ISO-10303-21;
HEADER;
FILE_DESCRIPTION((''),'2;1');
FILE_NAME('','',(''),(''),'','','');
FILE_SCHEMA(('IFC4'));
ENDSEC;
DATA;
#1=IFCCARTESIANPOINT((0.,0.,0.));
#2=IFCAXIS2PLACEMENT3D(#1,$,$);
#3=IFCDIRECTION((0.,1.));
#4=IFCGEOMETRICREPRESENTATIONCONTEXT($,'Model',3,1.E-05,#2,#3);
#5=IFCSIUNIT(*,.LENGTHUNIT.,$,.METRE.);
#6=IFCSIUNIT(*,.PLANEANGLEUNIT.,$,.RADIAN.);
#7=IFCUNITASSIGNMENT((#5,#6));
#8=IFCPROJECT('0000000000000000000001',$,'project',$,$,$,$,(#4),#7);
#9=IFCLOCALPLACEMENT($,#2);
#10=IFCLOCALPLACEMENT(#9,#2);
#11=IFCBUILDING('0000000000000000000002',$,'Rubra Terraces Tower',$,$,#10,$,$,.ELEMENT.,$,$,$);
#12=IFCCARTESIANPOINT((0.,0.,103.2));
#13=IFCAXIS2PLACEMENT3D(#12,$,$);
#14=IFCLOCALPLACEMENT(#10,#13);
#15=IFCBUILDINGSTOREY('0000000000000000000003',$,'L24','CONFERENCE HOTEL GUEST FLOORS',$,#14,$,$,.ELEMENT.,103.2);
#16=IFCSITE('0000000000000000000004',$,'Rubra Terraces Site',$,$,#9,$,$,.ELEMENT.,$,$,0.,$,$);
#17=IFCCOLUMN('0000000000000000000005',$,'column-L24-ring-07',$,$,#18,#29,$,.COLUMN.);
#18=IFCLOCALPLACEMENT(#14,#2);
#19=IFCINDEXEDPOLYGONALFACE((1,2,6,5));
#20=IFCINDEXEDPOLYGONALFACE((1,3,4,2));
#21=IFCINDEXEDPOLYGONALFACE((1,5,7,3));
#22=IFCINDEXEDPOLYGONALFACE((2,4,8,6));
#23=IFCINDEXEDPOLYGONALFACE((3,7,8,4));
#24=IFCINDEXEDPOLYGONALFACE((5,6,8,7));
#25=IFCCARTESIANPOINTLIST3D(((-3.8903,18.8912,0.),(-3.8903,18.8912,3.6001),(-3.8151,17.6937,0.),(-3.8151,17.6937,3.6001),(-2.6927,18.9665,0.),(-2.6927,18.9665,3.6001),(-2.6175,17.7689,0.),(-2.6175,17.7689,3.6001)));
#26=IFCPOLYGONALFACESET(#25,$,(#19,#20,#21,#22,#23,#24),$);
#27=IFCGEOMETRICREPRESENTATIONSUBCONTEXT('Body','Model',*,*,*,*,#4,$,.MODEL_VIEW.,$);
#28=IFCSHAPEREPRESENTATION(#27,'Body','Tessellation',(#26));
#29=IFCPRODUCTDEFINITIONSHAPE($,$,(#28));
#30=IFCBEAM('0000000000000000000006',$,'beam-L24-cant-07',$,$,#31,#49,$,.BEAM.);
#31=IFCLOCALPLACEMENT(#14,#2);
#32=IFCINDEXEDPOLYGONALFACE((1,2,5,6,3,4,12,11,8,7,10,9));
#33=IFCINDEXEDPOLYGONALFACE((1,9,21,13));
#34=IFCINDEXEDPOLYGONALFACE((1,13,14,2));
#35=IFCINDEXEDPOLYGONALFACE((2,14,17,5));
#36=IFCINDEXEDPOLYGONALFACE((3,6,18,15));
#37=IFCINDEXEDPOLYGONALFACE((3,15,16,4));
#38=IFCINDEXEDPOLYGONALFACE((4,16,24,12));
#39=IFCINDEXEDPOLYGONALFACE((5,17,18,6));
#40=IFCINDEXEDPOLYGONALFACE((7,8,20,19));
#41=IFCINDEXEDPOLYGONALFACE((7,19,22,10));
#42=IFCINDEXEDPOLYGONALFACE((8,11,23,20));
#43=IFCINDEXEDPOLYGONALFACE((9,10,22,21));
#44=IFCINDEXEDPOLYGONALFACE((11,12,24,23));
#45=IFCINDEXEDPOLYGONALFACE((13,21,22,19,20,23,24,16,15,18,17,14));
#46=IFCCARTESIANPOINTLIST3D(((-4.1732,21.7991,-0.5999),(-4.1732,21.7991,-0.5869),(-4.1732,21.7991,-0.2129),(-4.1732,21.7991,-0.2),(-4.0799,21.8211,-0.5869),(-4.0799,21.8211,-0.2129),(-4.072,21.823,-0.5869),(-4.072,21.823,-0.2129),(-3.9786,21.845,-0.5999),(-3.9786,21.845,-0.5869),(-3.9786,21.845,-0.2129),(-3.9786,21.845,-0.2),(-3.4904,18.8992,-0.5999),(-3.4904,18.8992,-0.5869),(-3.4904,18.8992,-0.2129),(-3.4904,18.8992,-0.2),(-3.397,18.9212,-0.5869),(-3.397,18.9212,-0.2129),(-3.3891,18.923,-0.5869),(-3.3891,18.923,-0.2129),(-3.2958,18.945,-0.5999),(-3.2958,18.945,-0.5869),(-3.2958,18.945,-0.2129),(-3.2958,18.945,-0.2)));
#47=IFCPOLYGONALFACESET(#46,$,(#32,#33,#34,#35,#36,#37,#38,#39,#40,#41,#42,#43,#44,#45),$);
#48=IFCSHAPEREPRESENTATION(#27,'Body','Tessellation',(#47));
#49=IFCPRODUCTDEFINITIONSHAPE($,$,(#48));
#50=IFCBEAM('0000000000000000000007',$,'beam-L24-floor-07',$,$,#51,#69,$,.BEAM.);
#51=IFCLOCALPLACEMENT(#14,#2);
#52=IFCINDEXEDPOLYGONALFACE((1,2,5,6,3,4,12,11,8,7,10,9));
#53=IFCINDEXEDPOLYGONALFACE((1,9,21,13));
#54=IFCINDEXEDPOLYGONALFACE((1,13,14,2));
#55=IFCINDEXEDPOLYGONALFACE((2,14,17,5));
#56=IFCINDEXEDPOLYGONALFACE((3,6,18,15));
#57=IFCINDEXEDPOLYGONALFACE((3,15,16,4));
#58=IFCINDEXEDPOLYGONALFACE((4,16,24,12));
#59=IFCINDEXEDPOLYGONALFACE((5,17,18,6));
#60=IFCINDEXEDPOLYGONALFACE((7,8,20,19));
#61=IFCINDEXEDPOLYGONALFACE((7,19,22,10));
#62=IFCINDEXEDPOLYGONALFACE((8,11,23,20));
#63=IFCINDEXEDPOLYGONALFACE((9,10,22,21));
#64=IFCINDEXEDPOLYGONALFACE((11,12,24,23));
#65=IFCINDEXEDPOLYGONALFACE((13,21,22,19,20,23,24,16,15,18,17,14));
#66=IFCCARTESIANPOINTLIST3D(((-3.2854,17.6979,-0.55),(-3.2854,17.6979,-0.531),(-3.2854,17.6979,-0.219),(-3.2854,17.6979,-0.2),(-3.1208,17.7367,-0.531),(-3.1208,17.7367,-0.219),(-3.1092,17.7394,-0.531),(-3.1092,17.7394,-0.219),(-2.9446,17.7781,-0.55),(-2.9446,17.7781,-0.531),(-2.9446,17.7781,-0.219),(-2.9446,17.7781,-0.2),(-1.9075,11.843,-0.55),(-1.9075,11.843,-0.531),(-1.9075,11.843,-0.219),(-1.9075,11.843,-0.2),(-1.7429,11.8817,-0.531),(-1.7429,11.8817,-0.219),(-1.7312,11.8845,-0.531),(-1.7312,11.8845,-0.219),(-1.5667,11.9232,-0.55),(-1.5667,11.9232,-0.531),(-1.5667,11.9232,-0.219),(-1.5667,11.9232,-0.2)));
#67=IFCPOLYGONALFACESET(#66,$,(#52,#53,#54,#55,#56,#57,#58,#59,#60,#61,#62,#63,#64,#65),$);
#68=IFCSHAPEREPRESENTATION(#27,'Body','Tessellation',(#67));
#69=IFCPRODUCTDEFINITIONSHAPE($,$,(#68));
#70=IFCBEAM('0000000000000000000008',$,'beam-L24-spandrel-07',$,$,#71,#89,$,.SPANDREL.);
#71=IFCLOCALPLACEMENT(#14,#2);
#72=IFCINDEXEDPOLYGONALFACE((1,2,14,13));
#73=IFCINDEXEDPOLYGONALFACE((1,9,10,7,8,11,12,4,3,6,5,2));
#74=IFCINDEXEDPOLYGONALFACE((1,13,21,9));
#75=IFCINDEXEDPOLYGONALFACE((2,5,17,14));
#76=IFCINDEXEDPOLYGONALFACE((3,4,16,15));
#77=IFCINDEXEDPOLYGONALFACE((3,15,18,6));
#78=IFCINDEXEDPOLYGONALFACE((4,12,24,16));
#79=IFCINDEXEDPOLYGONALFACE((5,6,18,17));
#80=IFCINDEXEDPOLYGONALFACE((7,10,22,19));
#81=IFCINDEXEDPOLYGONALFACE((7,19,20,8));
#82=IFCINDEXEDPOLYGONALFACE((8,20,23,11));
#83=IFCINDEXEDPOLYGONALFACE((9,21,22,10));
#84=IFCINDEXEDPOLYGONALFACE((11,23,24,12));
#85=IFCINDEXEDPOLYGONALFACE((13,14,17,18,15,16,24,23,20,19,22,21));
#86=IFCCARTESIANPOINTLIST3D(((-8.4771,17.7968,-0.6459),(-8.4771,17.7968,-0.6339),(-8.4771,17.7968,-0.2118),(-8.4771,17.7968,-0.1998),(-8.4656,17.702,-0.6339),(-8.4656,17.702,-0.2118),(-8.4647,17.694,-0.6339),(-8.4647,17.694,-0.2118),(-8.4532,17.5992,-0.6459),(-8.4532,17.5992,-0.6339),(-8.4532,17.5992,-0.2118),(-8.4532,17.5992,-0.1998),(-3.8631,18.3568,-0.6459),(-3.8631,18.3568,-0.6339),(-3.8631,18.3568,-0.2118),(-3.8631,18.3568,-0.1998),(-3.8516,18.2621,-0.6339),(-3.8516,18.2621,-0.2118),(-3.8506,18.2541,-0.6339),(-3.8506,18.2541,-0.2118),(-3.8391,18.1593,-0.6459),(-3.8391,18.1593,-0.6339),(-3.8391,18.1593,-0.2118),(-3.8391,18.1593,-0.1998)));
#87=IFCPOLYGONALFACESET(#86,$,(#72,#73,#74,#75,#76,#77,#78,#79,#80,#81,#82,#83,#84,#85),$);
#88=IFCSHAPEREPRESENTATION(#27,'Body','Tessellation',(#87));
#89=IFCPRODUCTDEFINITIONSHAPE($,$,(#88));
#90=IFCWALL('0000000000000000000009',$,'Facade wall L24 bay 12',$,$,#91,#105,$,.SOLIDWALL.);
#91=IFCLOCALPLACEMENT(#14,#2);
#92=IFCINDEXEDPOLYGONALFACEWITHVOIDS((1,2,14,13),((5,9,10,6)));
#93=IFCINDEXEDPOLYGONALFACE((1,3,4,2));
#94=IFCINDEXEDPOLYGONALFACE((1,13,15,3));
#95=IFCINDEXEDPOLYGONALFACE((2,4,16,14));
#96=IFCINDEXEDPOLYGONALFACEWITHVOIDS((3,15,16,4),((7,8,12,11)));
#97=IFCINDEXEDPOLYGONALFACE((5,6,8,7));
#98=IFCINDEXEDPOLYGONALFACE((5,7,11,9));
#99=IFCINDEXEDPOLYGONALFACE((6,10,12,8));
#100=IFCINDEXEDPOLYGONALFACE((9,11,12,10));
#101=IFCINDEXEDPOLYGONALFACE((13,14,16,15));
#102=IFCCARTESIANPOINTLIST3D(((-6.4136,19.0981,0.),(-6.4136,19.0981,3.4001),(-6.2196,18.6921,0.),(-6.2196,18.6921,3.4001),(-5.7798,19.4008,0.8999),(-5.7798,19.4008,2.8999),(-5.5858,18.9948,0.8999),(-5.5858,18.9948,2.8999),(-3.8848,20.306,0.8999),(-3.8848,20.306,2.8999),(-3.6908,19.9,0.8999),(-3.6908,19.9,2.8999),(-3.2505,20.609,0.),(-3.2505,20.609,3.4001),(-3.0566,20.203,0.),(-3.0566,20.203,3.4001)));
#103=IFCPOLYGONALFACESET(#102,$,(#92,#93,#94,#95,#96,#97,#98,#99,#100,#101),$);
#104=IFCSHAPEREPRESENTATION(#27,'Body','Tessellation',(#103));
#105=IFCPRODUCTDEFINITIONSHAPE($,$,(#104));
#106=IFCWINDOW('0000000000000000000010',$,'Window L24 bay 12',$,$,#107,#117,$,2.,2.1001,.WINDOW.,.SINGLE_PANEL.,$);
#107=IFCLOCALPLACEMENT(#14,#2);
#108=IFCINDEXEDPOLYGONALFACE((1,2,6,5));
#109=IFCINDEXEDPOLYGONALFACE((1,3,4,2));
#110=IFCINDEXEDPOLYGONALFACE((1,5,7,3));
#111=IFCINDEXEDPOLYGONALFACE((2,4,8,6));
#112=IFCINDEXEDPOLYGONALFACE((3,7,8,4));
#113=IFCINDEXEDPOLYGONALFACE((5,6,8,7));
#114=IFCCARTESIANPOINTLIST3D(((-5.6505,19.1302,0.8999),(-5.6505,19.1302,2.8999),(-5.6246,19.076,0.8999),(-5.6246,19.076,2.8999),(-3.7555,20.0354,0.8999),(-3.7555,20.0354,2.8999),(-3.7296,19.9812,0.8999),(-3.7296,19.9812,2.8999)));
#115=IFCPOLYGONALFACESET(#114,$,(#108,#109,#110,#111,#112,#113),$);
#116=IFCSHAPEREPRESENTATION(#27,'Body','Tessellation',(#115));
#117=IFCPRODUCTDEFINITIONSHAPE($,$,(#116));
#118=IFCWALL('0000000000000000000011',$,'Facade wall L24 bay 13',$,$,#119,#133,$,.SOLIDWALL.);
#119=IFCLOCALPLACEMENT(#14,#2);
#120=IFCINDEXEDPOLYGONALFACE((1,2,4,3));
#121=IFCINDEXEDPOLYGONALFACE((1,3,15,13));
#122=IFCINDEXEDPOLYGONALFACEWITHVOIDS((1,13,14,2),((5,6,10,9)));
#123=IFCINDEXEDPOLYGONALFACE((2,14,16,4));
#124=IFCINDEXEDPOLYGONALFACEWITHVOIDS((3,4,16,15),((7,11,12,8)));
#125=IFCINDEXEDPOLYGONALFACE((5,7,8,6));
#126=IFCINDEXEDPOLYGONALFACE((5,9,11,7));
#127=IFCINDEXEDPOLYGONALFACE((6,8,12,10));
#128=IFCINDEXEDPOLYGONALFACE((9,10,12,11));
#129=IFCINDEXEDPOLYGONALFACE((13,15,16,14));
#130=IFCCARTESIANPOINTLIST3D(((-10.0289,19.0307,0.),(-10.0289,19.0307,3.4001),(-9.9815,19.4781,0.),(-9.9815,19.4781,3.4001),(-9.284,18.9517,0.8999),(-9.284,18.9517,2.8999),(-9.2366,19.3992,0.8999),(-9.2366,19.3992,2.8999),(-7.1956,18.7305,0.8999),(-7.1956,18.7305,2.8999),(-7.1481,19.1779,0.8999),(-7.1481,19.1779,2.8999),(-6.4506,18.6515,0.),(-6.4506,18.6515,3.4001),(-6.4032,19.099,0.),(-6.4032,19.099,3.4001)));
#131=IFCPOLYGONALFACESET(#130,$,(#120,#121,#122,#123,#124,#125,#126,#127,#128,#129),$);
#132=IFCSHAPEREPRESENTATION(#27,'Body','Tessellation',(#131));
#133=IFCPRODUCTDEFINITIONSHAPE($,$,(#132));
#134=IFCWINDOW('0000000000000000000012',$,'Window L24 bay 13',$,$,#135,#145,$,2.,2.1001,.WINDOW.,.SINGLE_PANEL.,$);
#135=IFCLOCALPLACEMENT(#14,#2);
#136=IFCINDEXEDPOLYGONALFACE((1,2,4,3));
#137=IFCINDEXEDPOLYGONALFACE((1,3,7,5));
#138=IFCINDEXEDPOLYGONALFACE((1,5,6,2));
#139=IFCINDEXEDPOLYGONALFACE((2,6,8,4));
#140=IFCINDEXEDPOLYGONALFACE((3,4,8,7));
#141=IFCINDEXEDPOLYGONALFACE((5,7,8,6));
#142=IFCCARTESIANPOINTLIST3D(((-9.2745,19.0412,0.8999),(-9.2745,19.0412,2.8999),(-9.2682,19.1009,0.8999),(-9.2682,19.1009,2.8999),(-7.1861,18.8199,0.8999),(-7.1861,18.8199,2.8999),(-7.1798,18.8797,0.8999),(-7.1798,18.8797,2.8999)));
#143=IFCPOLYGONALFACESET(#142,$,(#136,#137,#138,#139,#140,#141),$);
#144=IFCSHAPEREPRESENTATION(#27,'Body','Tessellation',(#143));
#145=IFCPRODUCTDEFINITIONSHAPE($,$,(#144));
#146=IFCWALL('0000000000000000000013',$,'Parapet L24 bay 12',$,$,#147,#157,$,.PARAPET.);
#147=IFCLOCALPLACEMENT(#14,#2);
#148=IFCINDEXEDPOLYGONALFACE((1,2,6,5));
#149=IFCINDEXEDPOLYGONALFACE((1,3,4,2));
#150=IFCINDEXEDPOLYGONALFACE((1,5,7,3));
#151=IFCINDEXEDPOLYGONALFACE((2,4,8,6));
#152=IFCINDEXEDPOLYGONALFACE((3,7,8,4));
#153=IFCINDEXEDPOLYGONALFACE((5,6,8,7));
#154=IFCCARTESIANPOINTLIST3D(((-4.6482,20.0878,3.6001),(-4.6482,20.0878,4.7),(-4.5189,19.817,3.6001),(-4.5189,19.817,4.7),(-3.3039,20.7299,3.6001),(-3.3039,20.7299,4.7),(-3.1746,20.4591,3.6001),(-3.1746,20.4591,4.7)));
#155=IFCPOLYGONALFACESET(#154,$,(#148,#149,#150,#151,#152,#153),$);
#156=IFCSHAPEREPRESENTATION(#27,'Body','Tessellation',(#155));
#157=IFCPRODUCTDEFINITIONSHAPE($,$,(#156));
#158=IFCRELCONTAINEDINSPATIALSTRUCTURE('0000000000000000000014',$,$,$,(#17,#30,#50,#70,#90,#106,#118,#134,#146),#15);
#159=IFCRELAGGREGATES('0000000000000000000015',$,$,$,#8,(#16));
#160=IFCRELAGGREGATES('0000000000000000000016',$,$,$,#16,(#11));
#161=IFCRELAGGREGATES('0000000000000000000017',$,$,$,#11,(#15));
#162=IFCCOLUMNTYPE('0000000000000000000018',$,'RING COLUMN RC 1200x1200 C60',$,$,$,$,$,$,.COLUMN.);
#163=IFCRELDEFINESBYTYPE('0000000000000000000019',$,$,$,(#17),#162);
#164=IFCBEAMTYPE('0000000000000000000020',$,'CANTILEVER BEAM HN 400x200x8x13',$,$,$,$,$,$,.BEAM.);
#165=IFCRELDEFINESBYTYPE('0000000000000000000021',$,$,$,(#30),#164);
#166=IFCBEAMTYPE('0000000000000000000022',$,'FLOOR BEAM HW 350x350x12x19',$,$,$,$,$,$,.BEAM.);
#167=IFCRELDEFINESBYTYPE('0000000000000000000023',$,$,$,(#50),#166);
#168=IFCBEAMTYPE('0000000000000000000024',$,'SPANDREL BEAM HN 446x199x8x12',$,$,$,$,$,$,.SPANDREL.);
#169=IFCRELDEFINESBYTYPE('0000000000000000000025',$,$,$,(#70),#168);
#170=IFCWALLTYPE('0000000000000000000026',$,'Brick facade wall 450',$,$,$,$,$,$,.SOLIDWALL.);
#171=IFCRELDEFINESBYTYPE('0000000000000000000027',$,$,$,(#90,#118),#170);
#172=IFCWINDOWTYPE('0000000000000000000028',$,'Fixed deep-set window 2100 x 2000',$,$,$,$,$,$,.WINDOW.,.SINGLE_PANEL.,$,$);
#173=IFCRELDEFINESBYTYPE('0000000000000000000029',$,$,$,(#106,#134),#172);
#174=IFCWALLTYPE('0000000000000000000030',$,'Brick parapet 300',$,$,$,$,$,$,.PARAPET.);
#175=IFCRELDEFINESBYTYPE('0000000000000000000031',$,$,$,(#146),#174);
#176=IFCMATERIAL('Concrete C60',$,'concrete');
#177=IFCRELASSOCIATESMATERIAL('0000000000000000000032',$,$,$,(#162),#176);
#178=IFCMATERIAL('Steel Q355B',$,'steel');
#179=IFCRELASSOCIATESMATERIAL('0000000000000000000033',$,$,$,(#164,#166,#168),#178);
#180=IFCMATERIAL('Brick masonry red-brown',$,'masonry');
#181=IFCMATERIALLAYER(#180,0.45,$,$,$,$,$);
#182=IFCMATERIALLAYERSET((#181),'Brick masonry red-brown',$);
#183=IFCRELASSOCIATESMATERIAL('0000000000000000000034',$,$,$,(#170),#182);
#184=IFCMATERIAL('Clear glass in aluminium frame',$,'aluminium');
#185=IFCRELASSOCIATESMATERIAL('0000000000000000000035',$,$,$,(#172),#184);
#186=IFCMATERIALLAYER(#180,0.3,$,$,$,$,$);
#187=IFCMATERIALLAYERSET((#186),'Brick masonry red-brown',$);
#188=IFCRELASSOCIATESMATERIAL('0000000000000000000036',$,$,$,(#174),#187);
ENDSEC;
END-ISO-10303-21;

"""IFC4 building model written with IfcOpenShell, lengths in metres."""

from ifc_helpers import new_model, si_unit, direction, frame, frame_2d, origin, origin_2d, place, context, subcontext, project, spatial, rectangle, i_section, extrude, material, layer, layer_set, material_profile, profile_set, type_object, element, fill, save


model = new_model("IFC4")

# Units and contexts
model_context = context("Model", 3, precision=1e-05, world=origin(), true_north=direction((0.0, 1.0)))
body_context = subcontext(model_context, "Body", "Model", "MODEL_VIEW")
ifc_project = project(units=[si_unit("LENGTHUNIT", "METRE"), si_unit("PLANEANGLEUNIT", "RADIAN")], contexts=[model_context])

# Site, building, storey
site_placement = place(None, origin())
site = spatial("IfcSite", under=ifc_project, at=site_placement, Name="Rubra Terraces Site", CompositionType="ELEMENT", RefElevation=0.0)
building_placement = place(site_placement, origin())
building = spatial("IfcBuilding", under=site, at=building_placement, Name="Rubra Terraces Tower", CompositionType="ELEMENT")
storey_placement = place(building_placement, frame((0.0, 0.0, 103.2)))
storey = spatial("IfcBuildingStorey", under=building, at=storey_placement, Name="L24", Description="CONFERENCE HOTEL GUEST FLOORS", CompositionType="ELEMENT", Elevation=103.2)

# Column
ifc_material_1 = material(Name="Concrete C60", Category="concrete")
ifc_material_profile_1 = material_profile(ifc_material_1, rectangle(XDim=1.2, YDim=1.2, at=origin_2d()), Name="RC 1200x1200")
ifc_profile_set_1 = profile_set([ifc_material_profile_1], Name="Concrete C60")
column_type = type_object("IfcColumnType", Name="RING COLUMN RC 1200x1200 C60", PredefinedType="COLUMN", material=ifc_profile_set_1)
column_placement = place(storey_placement, frame((-3.2539, 18.3301, 0.0), z_axis=(0.0, 0.0, 1.0), x_axis=(-0.998032, -0.062714, 0.0)))
element("IfcColumn", 1, at=column_placement, inside=storey, type_object=column_type, Name="column-L24-ring-07", PredefinedType="COLUMN", context=body_context, shape_type="SweptSolid", body=[
    extrude(rectangle(XDim=1.2, YDim=1.2, at=origin_2d()), origin(), (0.0, 0.0, 1.0), 3.6001),
])

# Beams
ifc_material_2 = material(Name="Steel Q355B", Category="steel")
ifc_material_profile_2 = material_profile(ifc_material_2, i_section(OverallWidth=0.2, OverallDepth=0.3999, WebThickness=0.0081, FlangeThickness=0.0129, at=origin_2d()), Name="HN 400x200x8x13")
ifc_profile_set_2 = profile_set([ifc_material_profile_2], Name="Steel Q355B")
beam_type_1 = type_object("IfcBeamType", Name="CANTILEVER BEAM HN 400x200x8x13", PredefinedType="BEAM", material=ifc_profile_set_2)
beam_1_placement = place(storey_placement, frame((-3.3931, 18.9221, -0.3999), z_axis=(-0.229208, 0.973377, 0.0), x_axis=(-0.973377, -0.229208, 0.0)))
element("IfcBeam", 2, at=beam_1_placement, inside=storey, type_object=beam_type_1, Name="beam-L24-cant-07", PredefinedType="BEAM", context=body_context, shape_type="SweptSolid", body=[
    extrude(i_section(OverallWidth=0.2, OverallDepth=0.3999, WebThickness=0.0081, FlangeThickness=0.0129, at=origin_2d()), origin(), (0.0, 0.0, 1.0), 2.9792),
])
ifc_material_profile_3 = material_profile(ifc_material_2, i_section(OverallWidth=0.3501, OverallDepth=0.3501, WebThickness=0.012, FlangeThickness=0.019, at=origin_2d()), Name="HW 350x350x12x19")
ifc_profile_set_3 = profile_set([ifc_material_profile_3], Name="Steel Q355B")
beam_type_2 = type_object("IfcBeamType", Name="FLOOR BEAM HW 350x350x12x19", PredefinedType="BEAM", material=ifc_profile_set_3)
beam_2_placement = place(storey_placement, frame((-3.115, 17.738, -0.375), z_axis=(0.229085, -0.973407, 0.0), x_axis=(0.973407, 0.229085, 0.0)))
element("IfcBeam", 3, at=beam_2_placement, inside=storey, type_object=beam_type_2, Name="beam-L24-floor-07", PredefinedType="BEAM", context=body_context, shape_type="SweptSolid", body=[
    extrude(i_section(OverallWidth=0.3501, OverallDepth=0.3501, WebThickness=0.012, FlangeThickness=0.019, at=origin_2d()), origin(), (0.0, 0.0, 1.0), 6.0149),
])
ifc_material_profile_4 = material_profile(ifc_material_2, i_section(OverallWidth=0.199, OverallDepth=0.446, WebThickness=0.0081, FlangeThickness=0.012, at=origin_2d()), Name="HN 446x199x8x12")
ifc_profile_set_4 = profile_set([ifc_material_profile_4], Name="Steel Q355B")
beam_type_3 = type_object("IfcBeamType", Name="SPANDREL BEAM HN 446x199x8x12", PredefinedType="SPANDREL", material=ifc_profile_set_4)
beam_3_placement = place(storey_placement, frame((-3.8511, 18.2581, -0.4229), z_axis=(-0.992714, -0.120498, 0.0), x_axis=(0.120498, -0.992714, 0.0)))
element("IfcBeam", 4, at=beam_3_placement, inside=storey, type_object=beam_type_3, Name="beam-L24-spandrel-07", PredefinedType="SPANDREL", context=body_context, shape_type="SweptSolid", body=[
    extrude(i_section(OverallWidth=0.199, OverallDepth=0.446, WebThickness=0.0081, FlangeThickness=0.012, at=origin_2d()), origin(), (0.0, 0.0, 1.0), 4.6479),
])

# Walls, openings, windows
ifc_material_3 = material(Name="Brick masonry red-brown", Category="masonry")
ifc_layer_1 = layer(ifc_material_3, 0.45)
ifc_layer_set_1 = layer_set([ifc_layer_1], Name="Brick masonry red-brown")
wall_type_1 = type_object("IfcWallType", Name="Brick facade wall 450", PredefinedType="SOLIDWALL", material=ifc_layer_set_1)
wall_1_placement = place(storey_placement, frame((-3.1536, 20.406, 0.0), z_axis=(0.0, 0.0, 1.0), x_axis=(-0.902333, -0.431039, 0.0)))
wall_1 = element("IfcWall", 5, at=wall_1_placement, inside=storey, type_object=wall_type_1, Name="Facade wall L24 bay 12", PredefinedType="SOLIDWALL", context=body_context, shape_type="SweptSolid", body=[
    extrude(rectangle(XDim=3.5054, YDim=0.45, at=frame_2d((1.7527, 0.0))), origin(), (0.0, 0.0, 1.0), 3.4001),
])
opening_1_placement = place(wall_1_placement, frame((0.7029, 0.0, 0.8999)))
opening_1 = element("IfcOpeningElement", 6, at=opening_1_placement, cuts=wall_1, PredefinedType="OPENING", context=body_context, shape_type="SweptSolid", body=[
    extrude(rectangle(XDim=2.1001, YDim=2.0, at=frame_2d((1.05, 1.0))), frame((0.0, 0.2349, 0.0), z_axis=(0.0, -1.0, 0.0), x_axis=(1.0, 0.0, 0.0)), (0.0, 0.0, 1.0), 0.47),
])
ifc_material_4 = material(Name="Clear glass in aluminium frame", Category="aluminium")
window_type = type_object("IfcWindowType", Name="Fixed deep-set window 2100 x 2000", PartitioningType="SINGLE_PANEL", PredefinedType="WINDOW", material=ifc_material_4)
window_1_placement = place(opening_1_placement, origin())
window_1 = element("IfcWindow", 7, at=window_1_placement, inside=storey, type_object=window_type, Name="Window L24 bay 12", OverallHeight=2.0, OverallWidth=2.1001, PartitioningType="SINGLE_PANEL", PredefinedType="WINDOW", context=body_context, shape_type="SweptSolid", body=[
    extrude(rectangle(XDim=2.1001, YDim=2.0, at=frame_2d((1.05, 1.0))), frame((0.0, 0.135, 0.0), z_axis=(0.0, -1.0, 0.0), x_axis=(1.0, 0.0, 0.0)), (0.0, 0.0, 1.0), 0.0601),
])
fill(opening_1, window_1)
wall_2_placement = place(storey_placement, frame((-6.4268, 18.8752, 0.0), z_axis=(0.0, 0.0, 1.0), x_axis=(-0.994433, 0.105366, 0.0)))
wall_2 = element("IfcWall", 8, at=wall_2_placement, inside=storey, type_object=wall_type_1, Name="Facade wall L24 bay 13", PredefinedType="SOLIDWALL", context=body_context, shape_type="SweptSolid", body=[
    extrude(rectangle(XDim=3.5984, YDim=0.45, at=frame_2d((1.7993, 0.0))), origin(), (0.0, 0.0, 1.0), 3.4001),
])
opening_2_placement = place(wall_2_placement, frame((0.7493, 0.0, 0.8999)))
opening_2 = element("IfcOpeningElement", 9, at=opening_2_placement, cuts=wall_2, PredefinedType="OPENING", context=body_context, shape_type="SweptSolid", body=[
    extrude(rectangle(XDim=2.1001, YDim=2.0, at=frame_2d((1.05, 1.0))), frame((0.0, 0.2349, 0.0), z_axis=(0.0, -1.0, 0.0), x_axis=(1.0, 0.0, 0.0)), (0.0, 0.0, 1.0), 0.47),
])
window_2_placement = place(opening_2_placement, origin())
window_2 = element("IfcWindow", 10, at=window_2_placement, inside=storey, type_object=window_type, Name="Window L24 bay 13", OverallHeight=2.0, OverallWidth=2.1001, PartitioningType="SINGLE_PANEL", PredefinedType="WINDOW", context=body_context, shape_type="SweptSolid", body=[
    extrude(rectangle(XDim=2.1001, YDim=2.0, at=frame_2d((1.05, 1.0))), frame((0.0, 0.135, 0.0), z_axis=(0.0, -1.0, 0.0), x_axis=(1.0, 0.0, 0.0)), (0.0, 0.0, 1.0), 0.0601),
])
fill(opening_2, window_2)

# Wall
ifc_layer_2 = layer(ifc_material_3, 0.3)
ifc_layer_set_2 = layer_set([ifc_layer_2], Name="Brick masonry red-brown")
wall_type_2 = type_object("IfcWallType", Name="Brick parapet 300", PredefinedType="PARAPET", material=ifc_layer_set_2)
wall_3_placement = place(storey_placement, frame((-3.2393, 20.5945, 3.6001), z_axis=(0.0, 0.0, 1.0), x_axis=(-0.902345, -0.431015, 0.0)))
element("IfcWall", 11, at=wall_3_placement, inside=storey, type_object=wall_type_2, Name="Parapet L24 bay 12", PredefinedType="PARAPET", context=body_context, shape_type="SweptSolid", body=[
    extrude(rectangle(XDim=1.4897, YDim=0.3, at=frame_2d((0.7449, 0.0))), origin(), (0.0, 0.0, 1.0), 1.0999),
])

save(model, "model.ifc")
